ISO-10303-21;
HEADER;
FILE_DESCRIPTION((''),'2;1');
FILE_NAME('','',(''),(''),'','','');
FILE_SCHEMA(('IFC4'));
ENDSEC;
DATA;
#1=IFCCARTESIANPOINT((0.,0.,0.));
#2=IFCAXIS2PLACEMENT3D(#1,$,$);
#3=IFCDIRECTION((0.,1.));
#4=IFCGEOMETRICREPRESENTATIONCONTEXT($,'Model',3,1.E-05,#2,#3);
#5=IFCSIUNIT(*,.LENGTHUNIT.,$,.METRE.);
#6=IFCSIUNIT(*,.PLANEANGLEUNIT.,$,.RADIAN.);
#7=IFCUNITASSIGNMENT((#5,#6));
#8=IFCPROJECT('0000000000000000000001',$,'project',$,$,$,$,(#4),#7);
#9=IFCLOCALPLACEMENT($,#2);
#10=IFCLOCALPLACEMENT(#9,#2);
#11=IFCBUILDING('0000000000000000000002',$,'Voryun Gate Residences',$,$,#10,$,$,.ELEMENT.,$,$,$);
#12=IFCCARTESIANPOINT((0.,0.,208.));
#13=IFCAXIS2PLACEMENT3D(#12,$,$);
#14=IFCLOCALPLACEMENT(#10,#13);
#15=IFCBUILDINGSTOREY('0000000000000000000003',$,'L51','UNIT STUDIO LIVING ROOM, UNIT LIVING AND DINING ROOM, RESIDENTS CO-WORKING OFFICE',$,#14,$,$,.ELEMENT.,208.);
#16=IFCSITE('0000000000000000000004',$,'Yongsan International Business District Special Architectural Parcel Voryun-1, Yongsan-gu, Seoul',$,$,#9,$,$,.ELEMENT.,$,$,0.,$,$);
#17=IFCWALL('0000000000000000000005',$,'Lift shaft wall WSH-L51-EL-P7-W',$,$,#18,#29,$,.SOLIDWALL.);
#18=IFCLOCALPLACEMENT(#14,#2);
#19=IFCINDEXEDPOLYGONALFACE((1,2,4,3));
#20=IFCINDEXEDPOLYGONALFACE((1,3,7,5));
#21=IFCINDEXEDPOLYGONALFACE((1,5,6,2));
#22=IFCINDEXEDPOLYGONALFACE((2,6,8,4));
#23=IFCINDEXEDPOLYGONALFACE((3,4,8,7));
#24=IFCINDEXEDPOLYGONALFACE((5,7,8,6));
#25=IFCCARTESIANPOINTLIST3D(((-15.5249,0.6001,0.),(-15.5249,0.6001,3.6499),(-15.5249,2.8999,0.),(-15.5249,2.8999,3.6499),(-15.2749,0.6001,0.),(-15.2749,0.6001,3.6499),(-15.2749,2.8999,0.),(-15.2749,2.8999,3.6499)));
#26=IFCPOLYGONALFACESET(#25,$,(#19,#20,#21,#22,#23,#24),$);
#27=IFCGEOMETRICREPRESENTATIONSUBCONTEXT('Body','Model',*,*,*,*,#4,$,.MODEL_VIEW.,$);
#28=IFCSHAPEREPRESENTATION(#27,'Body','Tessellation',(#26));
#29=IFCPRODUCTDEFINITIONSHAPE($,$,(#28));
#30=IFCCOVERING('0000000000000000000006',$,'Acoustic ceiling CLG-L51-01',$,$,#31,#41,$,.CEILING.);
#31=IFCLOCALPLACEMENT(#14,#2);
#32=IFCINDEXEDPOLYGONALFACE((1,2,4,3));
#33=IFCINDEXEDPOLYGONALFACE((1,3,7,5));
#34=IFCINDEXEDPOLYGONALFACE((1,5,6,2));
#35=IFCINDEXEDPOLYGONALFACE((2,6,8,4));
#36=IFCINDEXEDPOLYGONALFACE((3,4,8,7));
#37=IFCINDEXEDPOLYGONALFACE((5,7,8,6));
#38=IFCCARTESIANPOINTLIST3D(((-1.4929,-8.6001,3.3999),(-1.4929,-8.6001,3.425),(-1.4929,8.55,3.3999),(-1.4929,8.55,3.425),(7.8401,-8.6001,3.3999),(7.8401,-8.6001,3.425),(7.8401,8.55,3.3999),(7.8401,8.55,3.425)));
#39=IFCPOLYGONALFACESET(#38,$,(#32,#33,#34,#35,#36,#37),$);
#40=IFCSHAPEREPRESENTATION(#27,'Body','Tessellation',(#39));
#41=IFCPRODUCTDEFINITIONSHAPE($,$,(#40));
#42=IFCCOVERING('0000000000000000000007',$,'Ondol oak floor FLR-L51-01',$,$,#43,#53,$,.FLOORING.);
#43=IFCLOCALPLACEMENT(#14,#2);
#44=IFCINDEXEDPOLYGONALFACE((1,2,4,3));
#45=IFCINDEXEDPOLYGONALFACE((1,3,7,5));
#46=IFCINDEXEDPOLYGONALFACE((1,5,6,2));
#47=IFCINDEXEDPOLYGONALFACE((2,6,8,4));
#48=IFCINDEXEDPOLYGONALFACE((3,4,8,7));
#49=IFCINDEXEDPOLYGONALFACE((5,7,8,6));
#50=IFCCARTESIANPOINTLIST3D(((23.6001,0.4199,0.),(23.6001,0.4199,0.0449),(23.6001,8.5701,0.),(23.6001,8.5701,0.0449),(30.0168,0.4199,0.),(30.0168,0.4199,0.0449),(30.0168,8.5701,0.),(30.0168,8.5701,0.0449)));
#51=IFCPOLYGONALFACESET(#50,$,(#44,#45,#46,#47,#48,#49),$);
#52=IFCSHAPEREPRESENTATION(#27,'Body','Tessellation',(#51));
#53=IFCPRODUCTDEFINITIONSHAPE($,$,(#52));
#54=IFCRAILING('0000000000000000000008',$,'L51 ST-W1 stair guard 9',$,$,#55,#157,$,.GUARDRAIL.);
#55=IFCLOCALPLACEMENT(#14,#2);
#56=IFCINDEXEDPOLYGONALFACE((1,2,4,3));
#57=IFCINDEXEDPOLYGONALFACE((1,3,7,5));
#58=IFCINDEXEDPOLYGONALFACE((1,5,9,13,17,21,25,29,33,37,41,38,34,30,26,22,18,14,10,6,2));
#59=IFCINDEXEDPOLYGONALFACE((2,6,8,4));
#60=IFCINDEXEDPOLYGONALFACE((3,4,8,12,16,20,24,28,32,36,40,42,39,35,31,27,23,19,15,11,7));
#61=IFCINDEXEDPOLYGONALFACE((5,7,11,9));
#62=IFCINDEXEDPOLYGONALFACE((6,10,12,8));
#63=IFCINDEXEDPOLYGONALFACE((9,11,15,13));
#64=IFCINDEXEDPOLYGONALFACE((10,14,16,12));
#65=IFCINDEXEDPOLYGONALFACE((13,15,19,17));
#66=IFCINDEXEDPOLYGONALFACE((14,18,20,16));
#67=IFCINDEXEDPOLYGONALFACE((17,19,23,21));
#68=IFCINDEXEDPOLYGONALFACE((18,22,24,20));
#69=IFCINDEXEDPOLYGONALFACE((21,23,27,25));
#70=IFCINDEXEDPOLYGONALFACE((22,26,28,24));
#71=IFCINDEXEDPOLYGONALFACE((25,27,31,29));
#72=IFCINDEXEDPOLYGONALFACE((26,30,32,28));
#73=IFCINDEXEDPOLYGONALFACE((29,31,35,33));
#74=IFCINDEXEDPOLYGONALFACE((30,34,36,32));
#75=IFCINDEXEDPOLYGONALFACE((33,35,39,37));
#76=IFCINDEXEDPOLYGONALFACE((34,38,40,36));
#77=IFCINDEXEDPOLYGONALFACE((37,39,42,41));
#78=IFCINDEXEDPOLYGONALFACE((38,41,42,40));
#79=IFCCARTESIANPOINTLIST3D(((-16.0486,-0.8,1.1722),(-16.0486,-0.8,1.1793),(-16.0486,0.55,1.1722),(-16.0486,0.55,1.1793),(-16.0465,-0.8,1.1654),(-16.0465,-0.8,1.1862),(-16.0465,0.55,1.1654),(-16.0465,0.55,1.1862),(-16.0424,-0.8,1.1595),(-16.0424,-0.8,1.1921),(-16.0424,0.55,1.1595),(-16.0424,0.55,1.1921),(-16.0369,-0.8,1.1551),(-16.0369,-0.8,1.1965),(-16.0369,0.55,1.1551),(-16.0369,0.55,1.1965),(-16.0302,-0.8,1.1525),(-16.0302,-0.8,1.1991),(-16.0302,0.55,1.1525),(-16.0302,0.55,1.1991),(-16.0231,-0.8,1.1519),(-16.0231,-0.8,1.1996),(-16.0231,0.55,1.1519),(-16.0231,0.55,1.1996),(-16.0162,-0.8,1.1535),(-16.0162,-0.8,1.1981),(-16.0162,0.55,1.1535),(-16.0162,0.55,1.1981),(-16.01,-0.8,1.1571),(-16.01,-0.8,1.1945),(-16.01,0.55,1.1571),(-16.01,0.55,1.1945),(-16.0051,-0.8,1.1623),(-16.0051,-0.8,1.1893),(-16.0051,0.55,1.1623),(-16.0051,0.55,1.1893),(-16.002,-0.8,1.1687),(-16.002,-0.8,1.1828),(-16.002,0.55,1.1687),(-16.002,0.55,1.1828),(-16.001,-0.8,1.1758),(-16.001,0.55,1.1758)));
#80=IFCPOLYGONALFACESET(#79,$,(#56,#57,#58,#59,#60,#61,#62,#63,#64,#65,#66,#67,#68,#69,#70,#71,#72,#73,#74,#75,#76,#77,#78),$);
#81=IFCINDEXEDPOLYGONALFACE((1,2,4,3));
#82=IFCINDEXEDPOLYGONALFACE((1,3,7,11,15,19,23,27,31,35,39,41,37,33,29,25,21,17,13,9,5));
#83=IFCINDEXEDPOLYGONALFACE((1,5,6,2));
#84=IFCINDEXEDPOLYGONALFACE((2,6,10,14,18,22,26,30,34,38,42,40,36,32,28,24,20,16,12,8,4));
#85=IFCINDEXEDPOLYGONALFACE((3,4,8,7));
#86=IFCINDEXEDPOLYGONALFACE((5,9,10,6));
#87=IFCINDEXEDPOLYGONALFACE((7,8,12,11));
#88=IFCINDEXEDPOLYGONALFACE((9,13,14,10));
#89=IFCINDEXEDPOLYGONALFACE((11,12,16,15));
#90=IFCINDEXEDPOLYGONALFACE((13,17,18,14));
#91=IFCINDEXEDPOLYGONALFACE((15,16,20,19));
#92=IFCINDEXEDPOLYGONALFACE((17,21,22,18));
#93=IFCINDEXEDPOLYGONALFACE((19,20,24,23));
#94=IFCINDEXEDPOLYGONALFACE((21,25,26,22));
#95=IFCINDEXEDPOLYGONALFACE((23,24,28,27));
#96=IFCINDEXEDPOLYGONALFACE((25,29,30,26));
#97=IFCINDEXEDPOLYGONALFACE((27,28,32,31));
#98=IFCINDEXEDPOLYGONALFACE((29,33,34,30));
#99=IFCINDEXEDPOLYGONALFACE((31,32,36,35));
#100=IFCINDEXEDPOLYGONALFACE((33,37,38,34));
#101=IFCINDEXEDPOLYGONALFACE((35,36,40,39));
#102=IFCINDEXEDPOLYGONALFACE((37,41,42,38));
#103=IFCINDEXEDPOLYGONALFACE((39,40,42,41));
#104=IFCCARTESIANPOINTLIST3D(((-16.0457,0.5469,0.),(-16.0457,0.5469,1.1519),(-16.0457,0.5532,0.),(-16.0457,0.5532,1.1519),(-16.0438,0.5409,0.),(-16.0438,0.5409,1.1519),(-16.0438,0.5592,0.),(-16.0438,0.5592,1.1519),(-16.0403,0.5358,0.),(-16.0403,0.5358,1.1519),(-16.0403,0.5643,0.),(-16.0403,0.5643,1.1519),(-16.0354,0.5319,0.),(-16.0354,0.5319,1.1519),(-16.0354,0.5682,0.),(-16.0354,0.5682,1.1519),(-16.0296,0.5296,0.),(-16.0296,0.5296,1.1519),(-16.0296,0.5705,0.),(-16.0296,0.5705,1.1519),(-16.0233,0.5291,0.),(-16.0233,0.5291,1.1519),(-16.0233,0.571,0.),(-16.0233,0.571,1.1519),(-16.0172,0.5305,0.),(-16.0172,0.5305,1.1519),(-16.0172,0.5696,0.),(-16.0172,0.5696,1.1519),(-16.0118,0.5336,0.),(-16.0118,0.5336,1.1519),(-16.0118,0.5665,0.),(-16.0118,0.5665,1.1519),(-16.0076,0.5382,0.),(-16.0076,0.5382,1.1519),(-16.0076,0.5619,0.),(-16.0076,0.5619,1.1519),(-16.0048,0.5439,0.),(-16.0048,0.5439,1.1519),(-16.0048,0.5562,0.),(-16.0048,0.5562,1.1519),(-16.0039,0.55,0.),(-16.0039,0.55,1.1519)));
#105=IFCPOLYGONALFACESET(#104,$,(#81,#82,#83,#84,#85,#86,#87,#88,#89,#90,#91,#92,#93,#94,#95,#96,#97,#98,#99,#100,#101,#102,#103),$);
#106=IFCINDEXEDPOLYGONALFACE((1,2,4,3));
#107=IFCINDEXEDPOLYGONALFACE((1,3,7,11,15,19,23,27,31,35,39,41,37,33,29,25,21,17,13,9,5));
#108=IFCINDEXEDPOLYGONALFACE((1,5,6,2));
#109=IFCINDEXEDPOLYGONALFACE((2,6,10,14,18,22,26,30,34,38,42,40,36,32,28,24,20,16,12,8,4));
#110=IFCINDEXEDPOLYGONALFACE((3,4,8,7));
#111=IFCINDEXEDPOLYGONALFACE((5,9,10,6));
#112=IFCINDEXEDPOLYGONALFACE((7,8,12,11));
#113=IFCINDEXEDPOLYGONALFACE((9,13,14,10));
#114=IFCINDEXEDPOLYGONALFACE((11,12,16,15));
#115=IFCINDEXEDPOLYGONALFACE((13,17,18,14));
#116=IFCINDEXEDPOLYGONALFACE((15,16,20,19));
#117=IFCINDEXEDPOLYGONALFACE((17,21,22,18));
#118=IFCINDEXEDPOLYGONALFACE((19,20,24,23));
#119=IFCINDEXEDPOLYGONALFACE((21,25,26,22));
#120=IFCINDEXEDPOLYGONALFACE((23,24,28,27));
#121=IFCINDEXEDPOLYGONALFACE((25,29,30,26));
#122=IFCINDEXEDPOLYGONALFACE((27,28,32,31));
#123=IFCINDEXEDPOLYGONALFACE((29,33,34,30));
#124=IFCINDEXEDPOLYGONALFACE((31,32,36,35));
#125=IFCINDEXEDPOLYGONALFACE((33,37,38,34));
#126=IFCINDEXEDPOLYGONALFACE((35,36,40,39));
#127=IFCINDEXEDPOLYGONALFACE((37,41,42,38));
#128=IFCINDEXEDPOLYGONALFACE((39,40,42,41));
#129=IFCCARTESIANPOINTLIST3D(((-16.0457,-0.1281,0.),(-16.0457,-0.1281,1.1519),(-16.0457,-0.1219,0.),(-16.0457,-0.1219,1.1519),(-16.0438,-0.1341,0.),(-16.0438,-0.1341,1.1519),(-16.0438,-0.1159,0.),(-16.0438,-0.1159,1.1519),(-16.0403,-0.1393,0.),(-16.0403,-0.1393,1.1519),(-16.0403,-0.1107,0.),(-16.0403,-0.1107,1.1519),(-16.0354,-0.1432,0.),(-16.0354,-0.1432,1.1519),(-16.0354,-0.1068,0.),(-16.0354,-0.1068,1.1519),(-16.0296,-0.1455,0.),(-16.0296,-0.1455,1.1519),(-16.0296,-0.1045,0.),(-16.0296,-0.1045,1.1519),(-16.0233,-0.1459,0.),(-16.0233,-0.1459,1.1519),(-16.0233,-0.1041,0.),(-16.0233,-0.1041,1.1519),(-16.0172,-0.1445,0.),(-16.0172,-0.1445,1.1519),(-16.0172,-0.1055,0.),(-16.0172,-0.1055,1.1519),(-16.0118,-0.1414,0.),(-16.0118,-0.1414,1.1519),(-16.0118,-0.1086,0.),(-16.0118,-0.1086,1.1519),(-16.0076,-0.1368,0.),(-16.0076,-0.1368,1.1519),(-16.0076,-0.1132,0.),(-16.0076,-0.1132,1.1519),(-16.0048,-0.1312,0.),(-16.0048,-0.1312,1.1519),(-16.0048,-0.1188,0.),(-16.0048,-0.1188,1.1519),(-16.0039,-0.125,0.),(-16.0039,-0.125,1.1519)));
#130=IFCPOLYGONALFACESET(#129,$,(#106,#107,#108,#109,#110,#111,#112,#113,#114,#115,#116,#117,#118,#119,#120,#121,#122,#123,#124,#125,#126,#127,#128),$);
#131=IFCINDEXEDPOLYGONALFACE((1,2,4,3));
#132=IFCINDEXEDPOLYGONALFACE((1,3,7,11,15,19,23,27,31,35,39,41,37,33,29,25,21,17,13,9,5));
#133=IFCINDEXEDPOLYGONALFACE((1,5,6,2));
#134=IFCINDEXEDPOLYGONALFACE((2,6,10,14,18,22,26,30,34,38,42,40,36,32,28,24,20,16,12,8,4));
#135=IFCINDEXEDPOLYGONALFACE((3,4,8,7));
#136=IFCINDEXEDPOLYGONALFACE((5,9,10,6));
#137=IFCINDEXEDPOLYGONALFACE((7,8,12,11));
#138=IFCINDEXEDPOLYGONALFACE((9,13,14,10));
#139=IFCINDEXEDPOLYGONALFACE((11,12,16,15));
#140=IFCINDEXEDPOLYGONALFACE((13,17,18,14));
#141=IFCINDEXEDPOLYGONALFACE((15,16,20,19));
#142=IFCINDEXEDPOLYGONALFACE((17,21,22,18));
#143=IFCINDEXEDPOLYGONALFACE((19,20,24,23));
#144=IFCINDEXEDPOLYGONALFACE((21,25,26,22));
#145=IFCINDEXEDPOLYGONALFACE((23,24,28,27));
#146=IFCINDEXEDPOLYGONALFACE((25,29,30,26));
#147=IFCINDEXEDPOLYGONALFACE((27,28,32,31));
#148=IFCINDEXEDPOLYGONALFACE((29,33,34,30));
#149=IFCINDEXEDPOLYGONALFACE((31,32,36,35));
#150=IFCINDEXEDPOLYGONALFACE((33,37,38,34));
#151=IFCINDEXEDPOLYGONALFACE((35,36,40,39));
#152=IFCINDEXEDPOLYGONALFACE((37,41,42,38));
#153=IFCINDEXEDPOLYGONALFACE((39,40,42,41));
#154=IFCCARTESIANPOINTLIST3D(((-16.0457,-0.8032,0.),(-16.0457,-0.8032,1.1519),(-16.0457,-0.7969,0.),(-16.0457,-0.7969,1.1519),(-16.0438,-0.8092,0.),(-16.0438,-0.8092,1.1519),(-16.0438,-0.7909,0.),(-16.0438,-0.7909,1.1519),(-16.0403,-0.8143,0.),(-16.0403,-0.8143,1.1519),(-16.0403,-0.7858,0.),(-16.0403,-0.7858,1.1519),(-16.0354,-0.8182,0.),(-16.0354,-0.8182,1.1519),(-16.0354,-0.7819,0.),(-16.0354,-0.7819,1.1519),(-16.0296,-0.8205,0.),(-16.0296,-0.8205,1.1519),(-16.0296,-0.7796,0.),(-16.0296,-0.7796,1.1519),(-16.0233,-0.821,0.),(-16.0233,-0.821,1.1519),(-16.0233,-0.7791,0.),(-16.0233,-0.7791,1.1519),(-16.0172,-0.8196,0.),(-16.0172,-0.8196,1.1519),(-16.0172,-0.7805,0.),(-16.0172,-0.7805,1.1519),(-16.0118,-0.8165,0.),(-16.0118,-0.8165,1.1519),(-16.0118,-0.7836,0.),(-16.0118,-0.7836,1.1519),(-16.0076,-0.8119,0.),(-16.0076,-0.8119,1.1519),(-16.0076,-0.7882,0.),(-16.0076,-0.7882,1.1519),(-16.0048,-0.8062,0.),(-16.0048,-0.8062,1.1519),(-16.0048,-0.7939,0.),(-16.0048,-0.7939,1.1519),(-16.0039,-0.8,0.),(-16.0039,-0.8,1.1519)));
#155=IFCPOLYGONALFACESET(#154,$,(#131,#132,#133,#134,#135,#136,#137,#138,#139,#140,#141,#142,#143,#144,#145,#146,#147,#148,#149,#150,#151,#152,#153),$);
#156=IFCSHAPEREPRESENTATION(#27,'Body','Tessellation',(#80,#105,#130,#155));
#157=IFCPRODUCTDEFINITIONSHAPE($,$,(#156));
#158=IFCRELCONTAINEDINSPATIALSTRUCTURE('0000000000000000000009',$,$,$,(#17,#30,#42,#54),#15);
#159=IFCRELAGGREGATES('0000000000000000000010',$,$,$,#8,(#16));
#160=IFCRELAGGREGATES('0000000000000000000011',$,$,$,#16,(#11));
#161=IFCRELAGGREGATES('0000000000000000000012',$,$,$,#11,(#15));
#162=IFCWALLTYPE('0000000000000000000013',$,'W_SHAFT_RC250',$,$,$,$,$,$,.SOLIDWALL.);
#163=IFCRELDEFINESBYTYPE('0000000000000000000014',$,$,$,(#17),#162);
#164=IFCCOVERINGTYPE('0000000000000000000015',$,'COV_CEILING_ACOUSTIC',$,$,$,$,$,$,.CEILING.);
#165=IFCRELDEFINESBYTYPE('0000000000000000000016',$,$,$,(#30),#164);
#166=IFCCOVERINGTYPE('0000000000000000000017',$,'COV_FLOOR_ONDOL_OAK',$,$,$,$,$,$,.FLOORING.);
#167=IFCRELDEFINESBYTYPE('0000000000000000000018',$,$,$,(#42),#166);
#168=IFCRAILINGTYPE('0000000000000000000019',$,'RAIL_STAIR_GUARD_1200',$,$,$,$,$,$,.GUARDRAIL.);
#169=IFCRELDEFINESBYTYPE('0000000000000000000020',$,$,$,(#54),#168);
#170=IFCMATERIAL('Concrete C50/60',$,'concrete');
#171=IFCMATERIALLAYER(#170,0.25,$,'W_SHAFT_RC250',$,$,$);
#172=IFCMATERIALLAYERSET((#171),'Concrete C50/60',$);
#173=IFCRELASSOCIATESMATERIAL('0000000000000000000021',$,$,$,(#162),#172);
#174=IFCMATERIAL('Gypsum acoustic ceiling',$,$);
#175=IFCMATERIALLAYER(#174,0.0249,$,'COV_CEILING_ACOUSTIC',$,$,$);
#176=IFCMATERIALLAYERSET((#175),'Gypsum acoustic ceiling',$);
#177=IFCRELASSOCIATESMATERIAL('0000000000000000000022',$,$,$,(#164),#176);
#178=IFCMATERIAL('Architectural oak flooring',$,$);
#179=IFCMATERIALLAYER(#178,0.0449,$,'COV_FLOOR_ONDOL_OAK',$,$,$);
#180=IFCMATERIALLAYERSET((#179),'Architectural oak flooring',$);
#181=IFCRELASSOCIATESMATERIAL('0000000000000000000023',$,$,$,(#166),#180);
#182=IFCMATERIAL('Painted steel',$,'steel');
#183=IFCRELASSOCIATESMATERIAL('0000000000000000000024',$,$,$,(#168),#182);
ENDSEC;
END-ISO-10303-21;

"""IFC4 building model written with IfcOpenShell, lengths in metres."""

from ifc_helpers import new_model, si_unit, direction, frame, frame_2d, origin, origin_2d, place, context, subcontext, project, spatial, polyline, rectangle, circle, outline, extrude, material, layer, layer_set, type_object, element, save


model = new_model("IFC4")

# Units and contexts
model_context = context("Model", 3, precision=1e-05, world=origin(), true_north=direction((0.0, 1.0)))
body_context = subcontext(model_context, "Body", "Model", "MODEL_VIEW")
ifc_project = project(units=[si_unit("LENGTHUNIT", "METRE"), si_unit("PLANEANGLEUNIT", "RADIAN")], contexts=[model_context])

# Site, building, storey
site_placement = place(None, origin())
site = spatial("IfcSite", under=ifc_project, at=site_placement, Name="Yongsan International Business District Special Architectural Parcel Voryun-1, Yongsan-gu, Seoul", CompositionType="ELEMENT", RefElevation=0.0)
building_placement = place(site_placement, origin())
building = spatial("IfcBuilding", under=site, at=building_placement, Name="Voryun Gate Residences", CompositionType="ELEMENT")
storey_placement = place(building_placement, frame((0.0, 0.0, 208.0)))
storey = spatial("IfcBuildingStorey", under=building, at=storey_placement, Name="L51", Description="UNIT STUDIO LIVING ROOM, UNIT LIVING AND DINING ROOM, RESIDENTS CO-WORKING OFFICE", CompositionType="ELEMENT", Elevation=208.0)

# Wall
ifc_material_1 = material(Name="Concrete C50/60", Category="concrete")
ifc_layer_1 = layer(ifc_material_1, 0.25, Name="W_SHAFT_RC250")
ifc_layer_set_1 = layer_set([ifc_layer_1], Name="Concrete C50/60")
wall_type_1 = type_object("IfcWallType", Name="W_SHAFT_RC250", PredefinedType="SOLIDWALL", material=ifc_layer_set_1)
wall_1_placement = place(storey_placement, frame((-15.3999, 2.8999, 0.0), z_axis=(0.0, 0.0, 1.0), x_axis=(0.0, -1.0, 0.0)))
element("IfcWall", 1, at=wall_1_placement, inside=storey, type_object=wall_type_1, Name="Lift shaft wall WSH-L51-EL-P7-W", PredefinedType="SOLIDWALL", context=body_context, shape_type="SweptSolid", body=[
    extrude(rectangle(XDim=2.2998, YDim=0.25, at=frame_2d((1.1499, 0.0))), origin(), (0.0, 0.0, 1.0), 3.6499),
])

# Coverings
ifc_material_2 = material(Name="Gypsum acoustic ceiling")
ifc_layer_2 = layer(ifc_material_2, 0.0249, Name="COV_CEILING_ACOUSTIC")
ifc_layer_set_2 = layer_set([ifc_layer_2], Name="Gypsum acoustic ceiling")
covering_type_1 = type_object("IfcCoveringType", Name="COV_CEILING_ACOUSTIC", PredefinedType="CEILING", material=ifc_layer_set_2)
covering_1_placement = place(storey_placement, frame((0.0, 0.0, 3.3999)))
element("IfcCovering", 2, at=covering_1_placement, inside=storey, type_object=covering_type_1, Name="Acoustic ceiling CLG-L51-01", PredefinedType="CEILING", context=body_context, shape_type="SweptSolid", body=[
    extrude(outline(polyline([(-1.4929, -8.6001), (-1.4929, 8.55), (7.8401, 8.55), (7.8401, -8.6001), (-1.4929, -8.6001)])), origin(), (0.0, 0.0, 1.0), 0.0251),
])
ifc_material_3 = material(Name="Architectural oak flooring")
ifc_layer_3 = layer(ifc_material_3, 0.0449, Name="COV_FLOOR_ONDOL_OAK")
ifc_layer_set_3 = layer_set([ifc_layer_3], Name="Architectural oak flooring")
covering_type_2 = type_object("IfcCoveringType", Name="COV_FLOOR_ONDOL_OAK", PredefinedType="FLOORING", material=ifc_layer_set_3)
covering_2_placement = place(storey_placement, origin())
element("IfcCovering", 3, at=covering_2_placement, inside=storey, type_object=covering_type_2, Name="Ondol oak floor FLR-L51-01", PredefinedType="FLOORING", context=body_context, shape_type="SweptSolid", body=[
    extrude(outline(polyline([(23.6001, 0.4199), (23.6001, 8.5701), (30.0168, 8.5701), (30.0168, 0.4199), (23.6001, 0.4199)])), origin(), (0.0, 0.0, 1.0), 0.0449),
])

# Railing
ifc_material_4 = material(Name="Painted steel", Category="steel")
railing_type = type_object("IfcRailingType", Name="RAIL_STAIR_GUARD_1200", PredefinedType="GUARDRAIL", material=ifc_material_4)
railing_1_placement = place(storey_placement, frame((-16.0249, 0.55, 0.0)))
element("IfcRailing", 4, at=railing_1_placement, inside=storey, type_object=railing_type, Name="L51 ST-W1 stair guard 9", PredefinedType="GUARDRAIL", context=body_context, shape_type="SweptSolid", body=[
    extrude(circle(Radius=0.0239, at=origin_2d()), frame((0.0, 0.0, 1.1758), z_axis=(0.0, -1.0, 0.0), x_axis=(1.0, 0.0, 0.0)), (0.0, 0.0, 1.0), 1.3501),
    extrude(circle(Radius=0.021, at=origin_2d()), origin(), (0.0, 0.0, 1.0), 1.1519),
    extrude(circle(Radius=0.021, at=origin_2d()), frame((0.0, -0.675, 0.0)), (0.0, 0.0, 1.0), 1.1519),
    extrude(circle(Radius=0.021, at=origin_2d()), frame((0.0, -1.3501, 0.0)), (0.0, 0.0, 1.0), 1.1519),
])

save(model, "model.ifc")
